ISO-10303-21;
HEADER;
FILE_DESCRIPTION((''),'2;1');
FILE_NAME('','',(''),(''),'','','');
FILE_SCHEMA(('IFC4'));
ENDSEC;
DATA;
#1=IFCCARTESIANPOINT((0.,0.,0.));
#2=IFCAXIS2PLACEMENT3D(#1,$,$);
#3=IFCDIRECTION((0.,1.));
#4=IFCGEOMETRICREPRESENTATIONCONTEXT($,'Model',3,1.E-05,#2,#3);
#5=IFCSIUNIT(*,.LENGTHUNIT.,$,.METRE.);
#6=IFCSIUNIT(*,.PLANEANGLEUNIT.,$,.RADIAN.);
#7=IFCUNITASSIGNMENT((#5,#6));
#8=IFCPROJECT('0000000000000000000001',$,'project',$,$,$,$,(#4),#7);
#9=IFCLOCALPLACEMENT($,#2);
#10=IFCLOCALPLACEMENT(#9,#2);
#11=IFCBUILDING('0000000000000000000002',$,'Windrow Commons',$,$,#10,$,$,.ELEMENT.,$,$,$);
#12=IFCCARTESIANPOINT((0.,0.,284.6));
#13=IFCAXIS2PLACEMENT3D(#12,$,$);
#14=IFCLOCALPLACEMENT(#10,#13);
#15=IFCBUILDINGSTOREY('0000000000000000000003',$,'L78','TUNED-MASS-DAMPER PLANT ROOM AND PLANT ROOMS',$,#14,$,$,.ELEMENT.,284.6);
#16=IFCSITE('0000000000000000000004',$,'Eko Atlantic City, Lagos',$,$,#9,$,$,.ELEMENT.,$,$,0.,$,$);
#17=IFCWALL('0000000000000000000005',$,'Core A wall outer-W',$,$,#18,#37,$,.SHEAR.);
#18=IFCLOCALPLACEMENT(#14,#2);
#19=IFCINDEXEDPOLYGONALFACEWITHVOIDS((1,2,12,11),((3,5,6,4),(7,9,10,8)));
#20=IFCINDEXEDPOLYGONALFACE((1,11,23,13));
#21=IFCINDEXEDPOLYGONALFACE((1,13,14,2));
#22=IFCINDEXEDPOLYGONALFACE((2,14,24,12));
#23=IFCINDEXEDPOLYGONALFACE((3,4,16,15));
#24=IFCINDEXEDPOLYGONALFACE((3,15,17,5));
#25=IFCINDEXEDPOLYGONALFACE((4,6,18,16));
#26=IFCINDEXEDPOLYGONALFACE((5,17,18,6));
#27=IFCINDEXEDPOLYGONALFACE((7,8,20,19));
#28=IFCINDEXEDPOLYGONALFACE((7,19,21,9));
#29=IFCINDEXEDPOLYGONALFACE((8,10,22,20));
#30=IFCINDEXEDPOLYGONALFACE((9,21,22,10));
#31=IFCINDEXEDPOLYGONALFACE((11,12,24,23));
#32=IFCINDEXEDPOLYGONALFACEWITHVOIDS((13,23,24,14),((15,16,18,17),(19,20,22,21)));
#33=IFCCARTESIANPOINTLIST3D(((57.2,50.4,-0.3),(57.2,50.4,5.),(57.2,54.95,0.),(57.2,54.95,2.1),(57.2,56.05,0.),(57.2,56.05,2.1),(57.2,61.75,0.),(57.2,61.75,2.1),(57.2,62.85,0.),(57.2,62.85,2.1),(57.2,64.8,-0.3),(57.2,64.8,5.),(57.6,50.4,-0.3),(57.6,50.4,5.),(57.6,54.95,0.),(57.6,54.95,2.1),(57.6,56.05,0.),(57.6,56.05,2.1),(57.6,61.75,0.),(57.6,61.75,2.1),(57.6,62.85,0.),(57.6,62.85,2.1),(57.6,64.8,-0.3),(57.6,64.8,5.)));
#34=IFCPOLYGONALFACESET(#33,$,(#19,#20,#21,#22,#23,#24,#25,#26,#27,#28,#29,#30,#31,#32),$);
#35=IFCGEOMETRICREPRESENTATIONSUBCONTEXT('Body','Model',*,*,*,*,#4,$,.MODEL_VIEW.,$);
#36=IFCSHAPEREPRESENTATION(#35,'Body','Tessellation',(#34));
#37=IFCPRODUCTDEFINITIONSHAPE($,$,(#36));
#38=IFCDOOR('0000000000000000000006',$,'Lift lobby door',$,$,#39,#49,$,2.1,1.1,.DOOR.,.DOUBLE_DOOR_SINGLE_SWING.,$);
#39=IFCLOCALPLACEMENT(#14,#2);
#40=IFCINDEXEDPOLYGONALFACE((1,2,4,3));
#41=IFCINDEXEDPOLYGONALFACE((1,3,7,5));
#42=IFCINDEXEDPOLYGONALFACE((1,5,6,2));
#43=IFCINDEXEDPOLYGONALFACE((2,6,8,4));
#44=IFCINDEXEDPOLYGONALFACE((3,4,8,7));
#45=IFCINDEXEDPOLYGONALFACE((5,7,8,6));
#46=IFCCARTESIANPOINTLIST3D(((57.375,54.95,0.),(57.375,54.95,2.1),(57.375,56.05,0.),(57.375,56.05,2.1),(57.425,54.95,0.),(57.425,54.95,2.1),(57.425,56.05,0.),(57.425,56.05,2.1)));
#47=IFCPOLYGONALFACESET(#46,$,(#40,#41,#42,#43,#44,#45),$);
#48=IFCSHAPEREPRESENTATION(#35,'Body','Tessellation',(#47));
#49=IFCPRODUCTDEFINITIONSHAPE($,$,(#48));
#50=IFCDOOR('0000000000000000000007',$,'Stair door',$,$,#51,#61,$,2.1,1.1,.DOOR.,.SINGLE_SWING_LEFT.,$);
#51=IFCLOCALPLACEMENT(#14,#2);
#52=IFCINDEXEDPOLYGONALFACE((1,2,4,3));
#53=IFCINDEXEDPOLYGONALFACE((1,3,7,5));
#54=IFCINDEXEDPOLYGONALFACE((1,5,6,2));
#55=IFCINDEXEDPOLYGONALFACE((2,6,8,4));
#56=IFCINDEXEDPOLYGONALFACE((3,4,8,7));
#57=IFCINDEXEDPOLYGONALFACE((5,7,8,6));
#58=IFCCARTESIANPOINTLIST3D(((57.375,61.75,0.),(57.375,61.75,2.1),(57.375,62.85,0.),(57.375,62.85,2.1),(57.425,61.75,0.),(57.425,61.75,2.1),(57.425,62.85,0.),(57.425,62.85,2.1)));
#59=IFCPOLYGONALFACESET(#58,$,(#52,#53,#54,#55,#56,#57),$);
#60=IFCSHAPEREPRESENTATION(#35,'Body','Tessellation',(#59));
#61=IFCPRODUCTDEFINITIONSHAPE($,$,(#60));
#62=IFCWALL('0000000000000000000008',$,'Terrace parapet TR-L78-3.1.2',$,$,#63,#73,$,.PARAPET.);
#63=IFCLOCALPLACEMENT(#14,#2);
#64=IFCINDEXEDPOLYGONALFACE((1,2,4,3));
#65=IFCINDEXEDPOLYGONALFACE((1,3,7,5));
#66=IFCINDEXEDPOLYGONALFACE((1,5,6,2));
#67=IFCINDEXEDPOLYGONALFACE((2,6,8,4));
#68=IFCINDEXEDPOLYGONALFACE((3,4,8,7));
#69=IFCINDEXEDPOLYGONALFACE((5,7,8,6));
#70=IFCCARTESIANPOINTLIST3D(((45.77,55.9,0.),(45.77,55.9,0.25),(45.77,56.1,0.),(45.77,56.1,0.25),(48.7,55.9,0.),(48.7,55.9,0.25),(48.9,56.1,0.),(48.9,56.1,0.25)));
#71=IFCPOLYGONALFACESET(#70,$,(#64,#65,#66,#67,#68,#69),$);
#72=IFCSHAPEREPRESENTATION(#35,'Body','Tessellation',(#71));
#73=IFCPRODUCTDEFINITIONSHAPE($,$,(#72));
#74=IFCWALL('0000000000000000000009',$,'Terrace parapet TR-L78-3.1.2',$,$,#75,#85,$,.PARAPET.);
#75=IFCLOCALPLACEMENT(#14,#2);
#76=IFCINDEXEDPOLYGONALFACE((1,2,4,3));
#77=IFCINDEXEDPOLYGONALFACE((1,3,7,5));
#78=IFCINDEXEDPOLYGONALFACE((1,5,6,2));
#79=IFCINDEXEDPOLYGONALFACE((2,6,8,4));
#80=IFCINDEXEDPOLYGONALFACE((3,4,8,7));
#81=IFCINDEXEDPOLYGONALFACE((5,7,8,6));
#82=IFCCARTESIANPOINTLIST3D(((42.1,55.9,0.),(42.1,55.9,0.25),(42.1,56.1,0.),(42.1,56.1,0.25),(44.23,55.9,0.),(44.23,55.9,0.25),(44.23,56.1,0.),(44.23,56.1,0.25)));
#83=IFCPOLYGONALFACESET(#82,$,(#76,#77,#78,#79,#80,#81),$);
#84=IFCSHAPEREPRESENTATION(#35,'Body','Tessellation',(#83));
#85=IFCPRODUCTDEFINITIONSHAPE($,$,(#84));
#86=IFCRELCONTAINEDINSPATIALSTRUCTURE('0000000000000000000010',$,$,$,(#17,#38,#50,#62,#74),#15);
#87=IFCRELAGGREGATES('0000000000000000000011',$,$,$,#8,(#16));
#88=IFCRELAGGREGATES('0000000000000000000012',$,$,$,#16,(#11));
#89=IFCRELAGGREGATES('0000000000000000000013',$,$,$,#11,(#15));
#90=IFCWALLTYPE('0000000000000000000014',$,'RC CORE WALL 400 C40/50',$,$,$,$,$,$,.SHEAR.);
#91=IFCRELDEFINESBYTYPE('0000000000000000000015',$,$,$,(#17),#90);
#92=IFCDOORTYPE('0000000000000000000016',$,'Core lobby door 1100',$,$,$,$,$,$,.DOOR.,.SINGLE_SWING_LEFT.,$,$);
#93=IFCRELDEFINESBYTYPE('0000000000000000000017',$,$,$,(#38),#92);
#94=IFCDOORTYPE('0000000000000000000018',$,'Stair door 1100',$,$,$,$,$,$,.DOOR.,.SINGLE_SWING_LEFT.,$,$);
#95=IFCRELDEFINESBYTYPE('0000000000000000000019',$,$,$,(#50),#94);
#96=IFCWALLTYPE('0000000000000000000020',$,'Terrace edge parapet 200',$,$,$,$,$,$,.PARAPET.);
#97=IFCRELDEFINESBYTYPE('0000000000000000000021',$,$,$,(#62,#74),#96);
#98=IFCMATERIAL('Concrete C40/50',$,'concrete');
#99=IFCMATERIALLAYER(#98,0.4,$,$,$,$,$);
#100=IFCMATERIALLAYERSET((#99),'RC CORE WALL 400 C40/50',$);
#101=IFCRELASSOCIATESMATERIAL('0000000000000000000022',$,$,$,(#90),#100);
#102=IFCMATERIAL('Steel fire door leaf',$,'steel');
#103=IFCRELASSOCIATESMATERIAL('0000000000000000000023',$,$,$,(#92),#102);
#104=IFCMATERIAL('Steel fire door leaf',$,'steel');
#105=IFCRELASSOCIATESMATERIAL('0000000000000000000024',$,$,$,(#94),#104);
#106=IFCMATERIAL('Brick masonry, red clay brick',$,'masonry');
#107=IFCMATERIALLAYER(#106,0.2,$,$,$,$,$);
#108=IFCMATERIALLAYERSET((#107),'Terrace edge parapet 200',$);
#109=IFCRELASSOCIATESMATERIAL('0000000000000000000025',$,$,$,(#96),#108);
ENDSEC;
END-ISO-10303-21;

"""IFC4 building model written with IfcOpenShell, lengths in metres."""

from ifc_helpers import new_model, si_unit, direction, frame, frame_2d, origin, place, context, subcontext, project, spatial, polyline, rectangle, outline, extrude, material, layer, layer_set, type_object, element, fill, save


model = new_model("IFC4")

# Units and contexts
model_context = context("Model", 3, precision=1e-05, world=origin(), true_north=direction((0.0, 1.0)))
body_context = subcontext(model_context, "Body", "Model", "MODEL_VIEW")
ifc_project = project(units=[si_unit("LENGTHUNIT", "METRE"), si_unit("PLANEANGLEUNIT", "RADIAN")], contexts=[model_context])

# Site, building, storey
site_placement = place(None, origin())
site = spatial("IfcSite", under=ifc_project, at=site_placement, Name="Eko Atlantic City, Lagos", CompositionType="ELEMENT", RefElevation=0.0)
building_placement = place(site_placement, origin())
building = spatial("IfcBuilding", under=site, at=building_placement, Name="Windrow Commons", CompositionType="ELEMENT")
storey_placement = place(building_placement, frame((0.0, 0.0, 284.6)))
storey = spatial("IfcBuildingStorey", under=building, at=storey_placement, Name="L78", Description="TUNED-MASS-DAMPER PLANT ROOM AND PLANT ROOMS", CompositionType="ELEMENT", Elevation=284.6)

# Shared definitions
ifc_material_1 = material(Name="Concrete C40/50", Category="concrete")
ifc_layer_1 = layer(ifc_material_1, 0.4)
ifc_layer_set_1 = layer_set([ifc_layer_1], Name="RC CORE WALL 400 C40/50")
wall_type_1 = type_object("IfcWallType", Name="RC CORE WALL 400 C40/50", PredefinedType="SHEAR", material=ifc_layer_set_1)

# Wall, openings, doors
wall_1_placement = place(storey_placement, frame((57.4, 50.4, -0.3), z_axis=(0.0, 0.0, 1.0), x_axis=(0.0, 1.0, 0.0)))
wall_1 = element("IfcWall", 1, at=wall_1_placement, inside=storey, type_object=wall_type_1, Name="Core A wall outer-W", PredefinedType="SHEAR", context=body_context, shape_type="SweptSolid", body=[
    extrude(rectangle(XDim=14.4, YDim=0.4, at=frame_2d((7.2, 0.0))), origin(), (0.0, 0.0, 1.0), 5.3),
])
opening_1_placement = place(wall_1_placement, frame((4.55, 0.0, 0.3)))
opening_1 = element("IfcOpeningElement", 2, at=opening_1_placement, cuts=wall_1, PredefinedType="OPENING", context=body_context, shape_type="SweptSolid", body=[
    extrude(rectangle(XDim=1.1, YDim=2.1, at=frame_2d((0.55, 1.05))), frame((0.0, 0.21, 0.0), z_axis=(0.0, -1.0, 0.0), x_axis=(1.0, 0.0, 0.0)), (0.0, 0.0, 1.0), 0.42),
])
opening_2_placement = place(wall_1_placement, frame((11.35, 0.0, 0.3)))
opening_2 = element("IfcOpeningElement", 3, at=opening_2_placement, cuts=wall_1, PredefinedType="OPENING", context=body_context, shape_type="SweptSolid", body=[
    extrude(rectangle(XDim=1.1, YDim=2.1, at=frame_2d((0.55, 1.05))), frame((0.0, 0.21, 0.0), z_axis=(0.0, -1.0, 0.0), x_axis=(1.0, 0.0, 0.0)), (0.0, 0.0, 1.0), 0.42),
])
ifc_material_2 = material(Name="Steel fire door leaf", Category="steel")
door_type_1 = type_object("IfcDoorType", Name="Core lobby door 1100", OperationType="SINGLE_SWING_LEFT", PredefinedType="DOOR", material=ifc_material_2)
door_1_placement = place(opening_1_placement, origin())
door_1 = element("IfcDoor", 4, at=door_1_placement, inside=storey, type_object=door_type_1, Name="Lift lobby door", OperationType="DOUBLE_DOOR_SINGLE_SWING", OverallHeight=2.1, OverallWidth=1.1, PredefinedType="DOOR", context=body_context, shape_type="SweptSolid", body=[
    extrude(rectangle(XDim=1.1, YDim=2.1, at=frame_2d((0.55, 1.05))), frame((0.0, 0.025, 0.0), z_axis=(0.0, -1.0, 0.0), x_axis=(1.0, 0.0, 0.0)), (0.0, 0.0, 1.0), 0.05),
])
fill(opening_1, door_1)
ifc_material_3 = material(Name="Steel fire door leaf", Category="steel")
door_type_2 = type_object("IfcDoorType", Name="Stair door 1100", OperationType="SINGLE_SWING_LEFT", PredefinedType="DOOR", material=ifc_material_3)
door_2_placement = place(opening_2_placement, origin())
door_2 = element("IfcDoor", 5, at=door_2_placement, inside=storey, type_object=door_type_2, Name="Stair door", OperationType="SINGLE_SWING_LEFT", OverallHeight=2.1, OverallWidth=1.1, PredefinedType="DOOR", context=body_context, shape_type="SweptSolid", body=[
    extrude(rectangle(XDim=1.1, YDim=2.1, at=frame_2d((0.55, 1.05))), frame((0.0, 0.025, 0.0), z_axis=(0.0, -1.0, 0.0), x_axis=(1.0, 0.0, 0.0)), (0.0, 0.0, 1.0), 0.05),
])
fill(opening_2, door_2)

# Walls
ifc_material_4 = material(Name="Brick masonry, red clay brick", Category="masonry")
ifc_layer_2 = layer(ifc_material_4, 0.2)
ifc_layer_set_2 = layer_set([ifc_layer_2], Name="Terrace edge parapet 200")
wall_type_2 = type_object("IfcWallType", Name="Terrace edge parapet 200", PredefinedType="PARAPET", material=ifc_layer_set_2)
wall_2_placement = place(storey_placement, frame((48.8, 56.0, 0.0), z_axis=(0.0, 0.0, 1.0), x_axis=(-1.0, 0.0, 0.0)))
element("IfcWall", 6, at=wall_2_placement, inside=storey, type_object=wall_type_2, Name="Terrace parapet TR-L78-3.1.2", PredefinedType="PARAPET", context=body_context, shape_type="SweptSolid", body=[
    extrude(outline(polyline([(-0.1, -0.1), (3.03, -0.1), (3.03, 0.1), (0.1, 0.1), (-0.1, -0.1)])), origin(), (0.0, 0.0, 1.0), 0.25),
])
wall_3_placement = place(storey_placement, frame((44.23, 56.0, 0.0), z_axis=(0.0, 0.0, 1.0), x_axis=(-1.0, 0.0, 0.0)))
element("IfcWall", 7, at=wall_3_placement, inside=storey, type_object=wall_type_2, Name="Terrace parapet TR-L78-3.1.2", PredefinedType="PARAPET", context=body_context, shape_type="SweptSolid", body=[
    extrude(outline(polyline([(0.0, -0.1), (2.13, -0.1), (2.13, 0.1), (0.0, 0.1), (0.0, -0.1)])), origin(), (0.0, 0.0, 1.0), 0.25),
])

save(model, "model.ifc")
